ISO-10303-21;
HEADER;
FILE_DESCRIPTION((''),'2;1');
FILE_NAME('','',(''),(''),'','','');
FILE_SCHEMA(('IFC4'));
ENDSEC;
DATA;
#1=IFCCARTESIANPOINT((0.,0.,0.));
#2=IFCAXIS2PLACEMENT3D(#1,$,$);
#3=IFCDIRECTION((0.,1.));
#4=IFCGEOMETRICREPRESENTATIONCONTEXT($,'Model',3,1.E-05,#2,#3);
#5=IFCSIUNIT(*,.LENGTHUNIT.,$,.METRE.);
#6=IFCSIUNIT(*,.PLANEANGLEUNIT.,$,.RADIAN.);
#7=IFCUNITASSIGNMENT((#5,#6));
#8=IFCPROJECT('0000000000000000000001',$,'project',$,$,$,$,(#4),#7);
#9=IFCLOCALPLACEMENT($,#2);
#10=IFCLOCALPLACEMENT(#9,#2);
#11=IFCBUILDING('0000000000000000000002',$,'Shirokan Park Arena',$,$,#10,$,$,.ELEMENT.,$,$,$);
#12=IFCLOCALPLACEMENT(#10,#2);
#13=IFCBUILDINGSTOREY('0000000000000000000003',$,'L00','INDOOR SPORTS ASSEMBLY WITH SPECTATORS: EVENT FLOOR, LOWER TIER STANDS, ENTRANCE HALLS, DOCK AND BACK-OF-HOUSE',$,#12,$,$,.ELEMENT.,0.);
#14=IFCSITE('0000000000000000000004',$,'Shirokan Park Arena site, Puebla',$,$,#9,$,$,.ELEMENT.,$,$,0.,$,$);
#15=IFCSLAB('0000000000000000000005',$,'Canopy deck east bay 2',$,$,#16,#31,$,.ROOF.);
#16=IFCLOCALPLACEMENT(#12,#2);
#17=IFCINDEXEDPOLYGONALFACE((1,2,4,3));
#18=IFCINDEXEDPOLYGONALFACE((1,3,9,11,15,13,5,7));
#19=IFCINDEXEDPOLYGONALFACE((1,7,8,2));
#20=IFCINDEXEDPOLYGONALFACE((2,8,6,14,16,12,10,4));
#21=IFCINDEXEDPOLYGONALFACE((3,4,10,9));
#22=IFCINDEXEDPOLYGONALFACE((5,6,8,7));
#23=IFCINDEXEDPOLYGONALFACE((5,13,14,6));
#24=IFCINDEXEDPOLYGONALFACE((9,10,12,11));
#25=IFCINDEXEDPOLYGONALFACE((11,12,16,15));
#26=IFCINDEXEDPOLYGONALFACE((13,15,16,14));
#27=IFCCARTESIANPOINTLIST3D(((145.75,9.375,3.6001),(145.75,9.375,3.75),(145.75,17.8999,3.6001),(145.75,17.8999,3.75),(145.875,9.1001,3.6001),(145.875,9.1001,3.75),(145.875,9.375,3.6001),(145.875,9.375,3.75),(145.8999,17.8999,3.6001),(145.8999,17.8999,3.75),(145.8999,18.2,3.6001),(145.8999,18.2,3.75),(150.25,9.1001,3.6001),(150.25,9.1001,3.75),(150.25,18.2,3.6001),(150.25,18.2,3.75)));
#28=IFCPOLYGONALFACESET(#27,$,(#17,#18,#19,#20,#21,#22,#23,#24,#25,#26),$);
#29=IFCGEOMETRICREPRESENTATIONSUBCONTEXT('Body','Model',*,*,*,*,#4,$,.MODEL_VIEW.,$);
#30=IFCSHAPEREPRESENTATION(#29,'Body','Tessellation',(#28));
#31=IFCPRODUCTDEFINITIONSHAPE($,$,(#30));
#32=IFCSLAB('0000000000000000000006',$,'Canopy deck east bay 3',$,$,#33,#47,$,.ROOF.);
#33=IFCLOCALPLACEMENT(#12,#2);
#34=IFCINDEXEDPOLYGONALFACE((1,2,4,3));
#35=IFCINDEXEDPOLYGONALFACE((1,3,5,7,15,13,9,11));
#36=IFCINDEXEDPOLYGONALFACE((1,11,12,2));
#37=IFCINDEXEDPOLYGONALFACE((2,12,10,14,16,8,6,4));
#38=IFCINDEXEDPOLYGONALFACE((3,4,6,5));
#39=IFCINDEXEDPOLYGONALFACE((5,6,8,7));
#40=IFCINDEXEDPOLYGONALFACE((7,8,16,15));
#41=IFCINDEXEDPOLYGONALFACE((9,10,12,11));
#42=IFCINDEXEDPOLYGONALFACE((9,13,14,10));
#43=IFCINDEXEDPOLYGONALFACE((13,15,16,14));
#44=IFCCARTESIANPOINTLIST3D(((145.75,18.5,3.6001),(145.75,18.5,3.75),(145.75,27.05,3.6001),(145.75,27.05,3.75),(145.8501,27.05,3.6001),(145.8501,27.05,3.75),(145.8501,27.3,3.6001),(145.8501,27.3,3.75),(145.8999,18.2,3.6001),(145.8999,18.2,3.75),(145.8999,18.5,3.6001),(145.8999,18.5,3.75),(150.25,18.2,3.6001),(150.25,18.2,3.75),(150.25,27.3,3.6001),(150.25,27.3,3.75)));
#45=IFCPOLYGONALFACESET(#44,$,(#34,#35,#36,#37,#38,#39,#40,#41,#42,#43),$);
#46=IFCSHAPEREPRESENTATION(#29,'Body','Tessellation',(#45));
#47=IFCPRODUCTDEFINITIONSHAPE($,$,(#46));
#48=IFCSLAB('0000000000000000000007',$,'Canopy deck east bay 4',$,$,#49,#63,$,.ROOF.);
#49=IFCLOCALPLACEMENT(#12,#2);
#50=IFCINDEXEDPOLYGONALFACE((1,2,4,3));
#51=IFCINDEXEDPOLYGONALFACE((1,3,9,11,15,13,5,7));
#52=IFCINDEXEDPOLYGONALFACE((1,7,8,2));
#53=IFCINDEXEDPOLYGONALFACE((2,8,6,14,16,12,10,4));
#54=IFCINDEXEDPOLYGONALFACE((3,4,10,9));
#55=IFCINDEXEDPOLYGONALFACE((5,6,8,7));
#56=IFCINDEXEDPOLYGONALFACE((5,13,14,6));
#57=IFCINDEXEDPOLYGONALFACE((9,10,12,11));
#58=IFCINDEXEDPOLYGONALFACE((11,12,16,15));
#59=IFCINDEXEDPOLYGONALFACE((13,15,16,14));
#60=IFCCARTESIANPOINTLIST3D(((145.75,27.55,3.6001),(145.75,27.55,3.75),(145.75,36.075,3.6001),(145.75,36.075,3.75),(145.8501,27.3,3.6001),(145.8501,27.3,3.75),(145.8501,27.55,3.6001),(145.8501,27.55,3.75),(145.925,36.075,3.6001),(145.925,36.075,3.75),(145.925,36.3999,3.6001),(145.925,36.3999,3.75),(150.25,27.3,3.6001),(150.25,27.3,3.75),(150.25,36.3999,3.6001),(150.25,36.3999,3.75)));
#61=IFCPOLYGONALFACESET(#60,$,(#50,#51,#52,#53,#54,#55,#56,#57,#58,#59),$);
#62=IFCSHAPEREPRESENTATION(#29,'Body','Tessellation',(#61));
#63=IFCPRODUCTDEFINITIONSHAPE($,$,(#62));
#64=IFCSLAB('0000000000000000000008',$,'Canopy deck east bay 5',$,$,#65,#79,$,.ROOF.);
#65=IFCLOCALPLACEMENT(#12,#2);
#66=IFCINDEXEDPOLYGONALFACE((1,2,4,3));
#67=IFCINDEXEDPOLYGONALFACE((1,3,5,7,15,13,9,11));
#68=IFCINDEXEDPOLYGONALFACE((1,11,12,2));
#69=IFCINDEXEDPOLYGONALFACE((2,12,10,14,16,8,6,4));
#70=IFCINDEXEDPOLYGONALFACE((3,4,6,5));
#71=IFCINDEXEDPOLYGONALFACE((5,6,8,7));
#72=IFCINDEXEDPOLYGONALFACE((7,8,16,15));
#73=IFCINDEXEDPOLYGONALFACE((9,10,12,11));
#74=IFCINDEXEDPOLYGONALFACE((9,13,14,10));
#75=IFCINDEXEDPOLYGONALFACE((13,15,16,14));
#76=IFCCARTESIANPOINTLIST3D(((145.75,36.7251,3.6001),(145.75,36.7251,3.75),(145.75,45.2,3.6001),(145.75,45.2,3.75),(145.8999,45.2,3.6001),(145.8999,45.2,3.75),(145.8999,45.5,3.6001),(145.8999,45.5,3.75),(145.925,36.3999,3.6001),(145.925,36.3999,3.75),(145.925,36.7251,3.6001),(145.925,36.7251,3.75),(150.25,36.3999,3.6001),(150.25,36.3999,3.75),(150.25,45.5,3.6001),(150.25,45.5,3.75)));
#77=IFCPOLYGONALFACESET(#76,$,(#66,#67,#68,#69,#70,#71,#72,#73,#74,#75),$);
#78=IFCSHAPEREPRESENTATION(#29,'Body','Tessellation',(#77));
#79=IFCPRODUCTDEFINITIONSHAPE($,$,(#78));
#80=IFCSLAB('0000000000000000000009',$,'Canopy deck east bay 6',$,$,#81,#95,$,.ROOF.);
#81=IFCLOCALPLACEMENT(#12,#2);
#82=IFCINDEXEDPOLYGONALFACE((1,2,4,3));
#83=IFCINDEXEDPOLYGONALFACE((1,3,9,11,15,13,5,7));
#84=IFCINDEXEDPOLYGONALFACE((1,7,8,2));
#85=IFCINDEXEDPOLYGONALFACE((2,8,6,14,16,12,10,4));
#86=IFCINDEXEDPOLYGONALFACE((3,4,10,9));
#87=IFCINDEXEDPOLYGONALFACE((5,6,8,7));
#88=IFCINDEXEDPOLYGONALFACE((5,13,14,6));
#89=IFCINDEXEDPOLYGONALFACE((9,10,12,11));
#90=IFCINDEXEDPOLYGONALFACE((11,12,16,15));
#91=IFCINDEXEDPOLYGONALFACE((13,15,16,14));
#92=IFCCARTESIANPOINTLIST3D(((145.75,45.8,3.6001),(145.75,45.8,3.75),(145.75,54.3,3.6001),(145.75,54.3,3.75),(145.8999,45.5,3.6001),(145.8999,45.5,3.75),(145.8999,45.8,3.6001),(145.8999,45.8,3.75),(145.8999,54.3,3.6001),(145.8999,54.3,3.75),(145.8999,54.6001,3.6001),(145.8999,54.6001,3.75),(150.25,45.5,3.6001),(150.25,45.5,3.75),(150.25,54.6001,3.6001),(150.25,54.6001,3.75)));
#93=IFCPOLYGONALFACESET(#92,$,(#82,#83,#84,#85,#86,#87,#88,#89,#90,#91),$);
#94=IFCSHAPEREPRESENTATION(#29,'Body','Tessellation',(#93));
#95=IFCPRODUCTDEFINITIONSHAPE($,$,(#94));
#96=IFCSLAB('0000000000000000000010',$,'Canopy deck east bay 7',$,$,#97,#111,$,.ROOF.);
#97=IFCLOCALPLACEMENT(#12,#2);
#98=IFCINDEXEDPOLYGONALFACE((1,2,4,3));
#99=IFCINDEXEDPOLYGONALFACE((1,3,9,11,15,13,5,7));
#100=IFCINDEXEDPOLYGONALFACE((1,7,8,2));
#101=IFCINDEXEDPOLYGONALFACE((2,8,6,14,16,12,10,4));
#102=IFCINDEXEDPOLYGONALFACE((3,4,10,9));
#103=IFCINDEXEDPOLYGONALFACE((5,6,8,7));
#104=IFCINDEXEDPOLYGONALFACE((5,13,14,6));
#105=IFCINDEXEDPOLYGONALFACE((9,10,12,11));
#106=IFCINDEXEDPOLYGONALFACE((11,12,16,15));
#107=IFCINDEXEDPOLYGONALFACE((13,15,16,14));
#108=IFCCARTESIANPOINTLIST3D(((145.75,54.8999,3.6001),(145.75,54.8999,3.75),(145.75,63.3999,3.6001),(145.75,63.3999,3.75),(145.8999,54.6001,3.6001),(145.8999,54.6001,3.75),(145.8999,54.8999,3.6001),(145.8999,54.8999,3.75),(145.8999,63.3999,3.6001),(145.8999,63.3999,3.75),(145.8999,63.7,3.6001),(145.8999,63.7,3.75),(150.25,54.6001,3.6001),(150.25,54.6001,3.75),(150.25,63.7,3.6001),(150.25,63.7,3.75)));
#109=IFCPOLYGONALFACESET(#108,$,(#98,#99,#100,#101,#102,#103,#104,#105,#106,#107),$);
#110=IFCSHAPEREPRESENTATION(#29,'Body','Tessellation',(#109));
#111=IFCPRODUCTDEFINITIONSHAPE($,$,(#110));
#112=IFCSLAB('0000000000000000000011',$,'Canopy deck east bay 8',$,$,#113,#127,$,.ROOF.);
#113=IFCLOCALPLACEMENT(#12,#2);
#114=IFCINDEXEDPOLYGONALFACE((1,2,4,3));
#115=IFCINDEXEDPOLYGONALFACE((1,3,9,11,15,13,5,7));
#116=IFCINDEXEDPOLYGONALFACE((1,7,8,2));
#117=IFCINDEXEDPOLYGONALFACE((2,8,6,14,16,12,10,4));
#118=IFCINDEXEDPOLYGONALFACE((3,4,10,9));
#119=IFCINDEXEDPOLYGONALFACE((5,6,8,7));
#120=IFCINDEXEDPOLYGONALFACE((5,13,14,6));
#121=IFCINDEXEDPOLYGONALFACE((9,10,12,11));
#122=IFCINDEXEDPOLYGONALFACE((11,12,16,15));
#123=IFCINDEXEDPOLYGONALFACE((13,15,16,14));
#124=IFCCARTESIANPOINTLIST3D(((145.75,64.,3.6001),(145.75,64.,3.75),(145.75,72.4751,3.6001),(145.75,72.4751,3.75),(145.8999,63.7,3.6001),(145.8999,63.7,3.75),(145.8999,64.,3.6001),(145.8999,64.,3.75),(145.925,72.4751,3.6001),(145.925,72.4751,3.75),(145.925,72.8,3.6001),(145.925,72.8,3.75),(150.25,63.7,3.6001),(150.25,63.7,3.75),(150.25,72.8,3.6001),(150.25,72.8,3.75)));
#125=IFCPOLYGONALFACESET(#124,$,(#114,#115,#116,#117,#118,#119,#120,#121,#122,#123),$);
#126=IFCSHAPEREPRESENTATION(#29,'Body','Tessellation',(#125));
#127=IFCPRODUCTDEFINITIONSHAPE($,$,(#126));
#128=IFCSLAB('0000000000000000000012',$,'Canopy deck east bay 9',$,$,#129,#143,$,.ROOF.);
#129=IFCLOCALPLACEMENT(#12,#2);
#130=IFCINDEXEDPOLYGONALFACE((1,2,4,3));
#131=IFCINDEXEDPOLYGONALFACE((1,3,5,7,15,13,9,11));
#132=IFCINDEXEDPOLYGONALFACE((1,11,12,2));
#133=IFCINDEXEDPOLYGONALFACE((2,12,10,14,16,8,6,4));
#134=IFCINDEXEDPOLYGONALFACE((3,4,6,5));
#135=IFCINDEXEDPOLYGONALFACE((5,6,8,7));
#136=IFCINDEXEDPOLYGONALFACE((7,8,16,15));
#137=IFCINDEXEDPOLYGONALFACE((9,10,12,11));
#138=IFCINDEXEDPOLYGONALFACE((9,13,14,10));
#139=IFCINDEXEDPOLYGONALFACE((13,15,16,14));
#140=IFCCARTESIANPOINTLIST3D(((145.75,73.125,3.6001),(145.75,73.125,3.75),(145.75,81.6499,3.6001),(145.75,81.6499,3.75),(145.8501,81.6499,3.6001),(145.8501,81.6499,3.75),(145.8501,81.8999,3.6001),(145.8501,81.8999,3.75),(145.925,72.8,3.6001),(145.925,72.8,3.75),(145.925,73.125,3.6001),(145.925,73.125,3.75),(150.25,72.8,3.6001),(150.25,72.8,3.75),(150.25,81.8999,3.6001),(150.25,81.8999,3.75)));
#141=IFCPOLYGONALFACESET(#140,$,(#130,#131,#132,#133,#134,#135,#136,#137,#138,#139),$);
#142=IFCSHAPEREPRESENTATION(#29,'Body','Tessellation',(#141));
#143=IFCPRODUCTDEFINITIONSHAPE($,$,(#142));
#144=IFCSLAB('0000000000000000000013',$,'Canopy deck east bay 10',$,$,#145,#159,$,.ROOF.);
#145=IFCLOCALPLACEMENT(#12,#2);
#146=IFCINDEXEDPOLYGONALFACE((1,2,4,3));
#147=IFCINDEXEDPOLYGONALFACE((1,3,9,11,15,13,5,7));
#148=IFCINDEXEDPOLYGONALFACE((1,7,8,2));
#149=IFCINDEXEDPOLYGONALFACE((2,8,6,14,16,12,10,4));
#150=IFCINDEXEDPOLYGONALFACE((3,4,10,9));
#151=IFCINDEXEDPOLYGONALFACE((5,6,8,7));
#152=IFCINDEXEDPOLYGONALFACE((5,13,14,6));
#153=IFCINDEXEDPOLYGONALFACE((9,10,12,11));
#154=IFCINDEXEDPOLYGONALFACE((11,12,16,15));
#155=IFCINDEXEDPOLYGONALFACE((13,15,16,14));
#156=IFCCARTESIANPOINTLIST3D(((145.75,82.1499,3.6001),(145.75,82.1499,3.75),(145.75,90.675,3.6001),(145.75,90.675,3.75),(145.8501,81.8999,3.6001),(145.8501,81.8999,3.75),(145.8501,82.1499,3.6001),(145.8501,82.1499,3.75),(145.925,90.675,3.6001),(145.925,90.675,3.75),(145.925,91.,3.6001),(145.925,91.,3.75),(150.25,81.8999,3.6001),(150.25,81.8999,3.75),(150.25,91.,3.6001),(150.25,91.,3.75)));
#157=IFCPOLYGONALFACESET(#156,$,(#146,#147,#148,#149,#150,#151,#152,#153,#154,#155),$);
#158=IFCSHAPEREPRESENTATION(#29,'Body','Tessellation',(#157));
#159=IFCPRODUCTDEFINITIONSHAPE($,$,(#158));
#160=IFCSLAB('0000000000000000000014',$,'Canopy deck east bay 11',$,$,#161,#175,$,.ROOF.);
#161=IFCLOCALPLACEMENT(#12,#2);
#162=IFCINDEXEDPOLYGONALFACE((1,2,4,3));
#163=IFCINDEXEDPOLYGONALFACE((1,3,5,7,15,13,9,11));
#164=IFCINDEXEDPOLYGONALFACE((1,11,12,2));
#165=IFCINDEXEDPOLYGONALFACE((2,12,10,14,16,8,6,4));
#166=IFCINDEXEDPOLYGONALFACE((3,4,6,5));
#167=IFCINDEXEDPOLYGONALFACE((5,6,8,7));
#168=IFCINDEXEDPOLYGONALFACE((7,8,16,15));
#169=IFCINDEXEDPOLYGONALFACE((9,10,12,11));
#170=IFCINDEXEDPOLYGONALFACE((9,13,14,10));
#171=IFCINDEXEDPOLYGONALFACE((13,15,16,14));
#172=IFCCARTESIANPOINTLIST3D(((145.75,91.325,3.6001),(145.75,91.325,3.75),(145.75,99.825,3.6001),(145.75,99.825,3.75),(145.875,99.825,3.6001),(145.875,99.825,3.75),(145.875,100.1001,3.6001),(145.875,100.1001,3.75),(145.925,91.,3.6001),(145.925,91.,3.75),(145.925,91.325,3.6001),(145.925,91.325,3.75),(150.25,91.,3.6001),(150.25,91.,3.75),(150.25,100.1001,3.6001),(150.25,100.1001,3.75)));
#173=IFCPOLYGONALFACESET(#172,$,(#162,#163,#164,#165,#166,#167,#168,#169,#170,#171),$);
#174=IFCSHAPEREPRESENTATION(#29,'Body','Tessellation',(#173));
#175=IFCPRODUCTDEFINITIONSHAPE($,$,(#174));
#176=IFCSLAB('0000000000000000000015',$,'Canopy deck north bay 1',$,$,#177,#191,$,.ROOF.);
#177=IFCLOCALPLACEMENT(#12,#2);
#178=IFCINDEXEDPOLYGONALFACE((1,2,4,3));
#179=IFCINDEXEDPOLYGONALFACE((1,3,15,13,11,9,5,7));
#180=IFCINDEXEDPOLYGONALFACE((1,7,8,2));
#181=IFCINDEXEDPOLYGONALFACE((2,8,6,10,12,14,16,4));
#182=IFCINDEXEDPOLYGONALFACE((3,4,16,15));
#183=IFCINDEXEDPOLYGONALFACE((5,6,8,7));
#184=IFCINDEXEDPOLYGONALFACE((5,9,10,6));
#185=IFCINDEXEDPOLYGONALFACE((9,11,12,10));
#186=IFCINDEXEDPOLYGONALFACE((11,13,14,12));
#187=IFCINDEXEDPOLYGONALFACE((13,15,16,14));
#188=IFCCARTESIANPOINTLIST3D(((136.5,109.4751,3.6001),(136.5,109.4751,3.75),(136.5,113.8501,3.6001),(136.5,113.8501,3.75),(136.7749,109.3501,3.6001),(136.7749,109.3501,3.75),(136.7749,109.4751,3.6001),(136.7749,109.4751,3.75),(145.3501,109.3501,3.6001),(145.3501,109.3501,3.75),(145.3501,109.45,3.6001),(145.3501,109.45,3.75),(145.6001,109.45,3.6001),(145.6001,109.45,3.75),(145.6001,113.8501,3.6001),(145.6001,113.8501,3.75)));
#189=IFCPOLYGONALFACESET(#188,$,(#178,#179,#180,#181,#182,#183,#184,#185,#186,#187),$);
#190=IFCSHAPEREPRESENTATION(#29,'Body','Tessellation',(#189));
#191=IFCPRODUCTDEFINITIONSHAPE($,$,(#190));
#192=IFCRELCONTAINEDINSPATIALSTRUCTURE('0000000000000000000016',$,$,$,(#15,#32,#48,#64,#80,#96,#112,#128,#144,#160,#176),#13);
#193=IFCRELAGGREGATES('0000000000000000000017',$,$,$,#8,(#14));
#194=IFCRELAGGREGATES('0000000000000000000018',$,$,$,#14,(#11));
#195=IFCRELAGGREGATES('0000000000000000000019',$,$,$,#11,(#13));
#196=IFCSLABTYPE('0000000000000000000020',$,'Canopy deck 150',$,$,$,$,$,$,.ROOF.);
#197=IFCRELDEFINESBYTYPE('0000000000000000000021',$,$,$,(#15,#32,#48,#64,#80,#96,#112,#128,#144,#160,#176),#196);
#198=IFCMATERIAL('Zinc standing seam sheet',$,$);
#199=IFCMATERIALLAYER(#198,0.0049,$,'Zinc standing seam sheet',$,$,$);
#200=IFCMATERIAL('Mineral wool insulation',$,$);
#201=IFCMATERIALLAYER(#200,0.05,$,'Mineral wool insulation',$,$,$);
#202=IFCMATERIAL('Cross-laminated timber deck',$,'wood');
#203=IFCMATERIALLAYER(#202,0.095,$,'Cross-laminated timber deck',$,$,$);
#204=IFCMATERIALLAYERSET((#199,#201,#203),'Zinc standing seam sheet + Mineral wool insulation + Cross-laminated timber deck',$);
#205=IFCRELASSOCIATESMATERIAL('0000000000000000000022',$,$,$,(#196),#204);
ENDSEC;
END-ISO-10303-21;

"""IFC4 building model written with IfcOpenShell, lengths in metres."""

from ifc_helpers import new_model, si_unit, direction, frame, origin, place, context, subcontext, project, spatial, polyline, outline, extrude, material, layer, layer_set, type_object, element, save


model = new_model("IFC4")

# Units and contexts
model_context = context("Model", 3, precision=1e-05, world=origin(), true_north=direction((0.0, 1.0)))
body_context = subcontext(model_context, "Body", "Model", "MODEL_VIEW")
ifc_project = project(units=[si_unit("LENGTHUNIT", "METRE"), si_unit("PLANEANGLEUNIT", "RADIAN")], contexts=[model_context])

# Site, building, storey
site_placement = place(None, origin())
site = spatial("IfcSite", under=ifc_project, at=site_placement, Name="Shirokan Park Arena site, Puebla", CompositionType="ELEMENT", RefElevation=0.0)
building_placement = place(site_placement, origin())
building = spatial("IfcBuilding", under=site, at=building_placement, Name="Shirokan Park Arena", CompositionType="ELEMENT")
storey_placement = place(building_placement, origin())
storey = spatial("IfcBuildingStorey", under=building, at=storey_placement, Name="L00", Description="INDOOR SPORTS ASSEMBLY WITH SPECTATORS: EVENT FLOOR, LOWER TIER STANDS, ENTRANCE HALLS, DOCK AND BACK-OF-HOUSE", CompositionType="ELEMENT", Elevation=0.0)

# Slabs
ifc_material_1 = material(Name="Zinc standing seam sheet")
ifc_layer_1 = layer(ifc_material_1, 0.0049, Name="Zinc standing seam sheet")
ifc_material_2 = material(Name="Mineral wool insulation")
ifc_layer_2 = layer(ifc_material_2, 0.05, Name="Mineral wool insulation")
ifc_material_3 = material(Name="Cross-laminated timber deck", Category="wood")
ifc_layer_3 = layer(ifc_material_3, 0.095, Name="Cross-laminated timber deck")
ifc_layer_set_1 = layer_set([ifc_layer_1, ifc_layer_2, ifc_layer_3], Name="Zinc standing seam sheet + Mineral wool insulation + Cross-laminated timber deck")
slab_type_1 = type_object("IfcSlabType", Name="Canopy deck 150", PredefinedType="ROOF", material=ifc_layer_set_1)
slab_1_placement = place(storey_placement, frame((0.0, 0.0, 3.6001)))
element("IfcSlab", 1, at=slab_1_placement, inside=storey, type_object=slab_type_1, Name="Canopy deck east bay 2", PredefinedType="ROOF", context=body_context, shape_type="SweptSolid", body=[
    extrude(outline(polyline([(145.75, 17.8999), (145.8999, 17.8999), (145.8999, 18.2), (150.25, 18.2), (150.25, 9.1001), (145.875, 9.1001), (145.875, 9.375), (145.75, 9.375), (145.75, 17.8999)])), origin(), (0.0, 0.0, 1.0), 0.1499),
])
slab_2_placement = place(storey_placement, frame((0.0, 0.0, 3.6001)))
element("IfcSlab", 2, at=slab_2_placement, inside=storey, type_object=slab_type_1, Name="Canopy deck east bay 3", PredefinedType="ROOF", context=body_context, shape_type="SweptSolid", body=[
    extrude(outline(polyline([(145.75, 27.05), (145.8501, 27.05), (145.8501, 27.3), (150.25, 27.3), (150.25, 18.2), (145.8999, 18.2), (145.8999, 18.5), (145.75, 18.5), (145.75, 27.05)])), origin(), (0.0, 0.0, 1.0), 0.1499),
])
slab_3_placement = place(storey_placement, frame((0.0, 0.0, 3.6001)))
element("IfcSlab", 3, at=slab_3_placement, inside=storey, type_object=slab_type_1, Name="Canopy deck east bay 4", PredefinedType="ROOF", context=body_context, shape_type="SweptSolid", body=[
    extrude(outline(polyline([(145.75, 36.075), (145.925, 36.075), (145.925, 36.3999), (150.25, 36.3999), (150.25, 27.3), (145.8501, 27.3), (145.8501, 27.55), (145.75, 27.55), (145.75, 36.075)])), origin(), (0.0, 0.0, 1.0), 0.1499),
])
slab_4_placement = place(storey_placement, frame((0.0, 0.0, 3.6001)))
element("IfcSlab", 4, at=slab_4_placement, inside=storey, type_object=slab_type_1, Name="Canopy deck east bay 5", PredefinedType="ROOF", context=body_context, shape_type="SweptSolid", body=[
    extrude(outline(polyline([(145.75, 45.2), (145.8999, 45.2), (145.8999, 45.5), (150.25, 45.5), (150.25, 36.3999), (145.925, 36.3999), (145.925, 36.7251), (145.75, 36.7251), (145.75, 45.2)])), origin(), (0.0, 0.0, 1.0), 0.1499),
])
slab_5_placement = place(storey_placement, frame((0.0, 0.0, 3.6001)))
element("IfcSlab", 5, at=slab_5_placement, inside=storey, type_object=slab_type_1, Name="Canopy deck east bay 6", PredefinedType="ROOF", context=body_context, shape_type="SweptSolid", body=[
    extrude(outline(polyline([(145.75, 54.3), (145.8999, 54.3), (145.8999, 54.6001), (150.25, 54.6001), (150.25, 45.5), (145.8999, 45.5), (145.8999, 45.8), (145.75, 45.8), (145.75, 54.3)])), origin(), (0.0, 0.0, 1.0), 0.1499),
])
slab_6_placement = place(storey_placement, frame((0.0, 0.0, 3.6001)))
element("IfcSlab", 6, at=slab_6_placement, inside=storey, type_object=slab_type_1, Name="Canopy deck east bay 7", PredefinedType="ROOF", context=body_context, shape_type="SweptSolid", body=[
    extrude(outline(polyline([(145.75, 63.3999), (145.8999, 63.3999), (145.8999, 63.7), (150.25, 63.7), (150.25, 54.6001), (145.8999, 54.6001), (145.8999, 54.8999), (145.75, 54.8999), (145.75, 63.3999)])), origin(), (0.0, 0.0, 1.0), 0.1499),
])
slab_7_placement = place(storey_placement, frame((0.0, 0.0, 3.6001)))
element("IfcSlab", 7, at=slab_7_placement, inside=storey, type_object=slab_type_1, Name="Canopy deck east bay 8", PredefinedType="ROOF", context=body_context, shape_type="SweptSolid", body=[
    extrude(outline(polyline([(145.75, 72.4751), (145.925, 72.4751), (145.925, 72.8), (150.25, 72.8), (150.25, 63.7), (145.8999, 63.7), (145.8999, 64.0), (145.75, 64.0), (145.75, 72.4751)])), origin(), (0.0, 0.0, 1.0), 0.1499),
])
slab_8_placement = place(storey_placement, frame((0.0, 0.0, 3.6001)))
element("IfcSlab", 8, at=slab_8_placement, inside=storey, type_object=slab_type_1, Name="Canopy deck east bay 9", PredefinedType="ROOF", context=body_context, shape_type="SweptSolid", body=[
    extrude(outline(polyline([(145.75, 81.6499), (145.8501, 81.6499), (145.8501, 81.8999), (150.25, 81.8999), (150.25, 72.8), (145.925, 72.8), (145.925, 73.125), (145.75, 73.125), (145.75, 81.6499)])), origin(), (0.0, 0.0, 1.0), 0.1499),
])
slab_9_placement = place(storey_placement, frame((0.0, 0.0, 3.6001)))
element("IfcSlab", 9, at=slab_9_placement, inside=storey, type_object=slab_type_1, Name="Canopy deck east bay 10", PredefinedType="ROOF", context=body_context, shape_type="SweptSolid", body=[
    extrude(outline(polyline([(145.75, 90.675), (145.925, 90.675), (145.925, 91.0), (150.25, 91.0), (150.25, 81.8999), (145.8501, 81.8999), (145.8501, 82.1499), (145.75, 82.1499), (145.75, 90.675)])), origin(), (0.0, 0.0, 1.0), 0.1499),
])
slab_10_placement = place(storey_placement, frame((0.0, 0.0, 3.6001)))
element("IfcSlab", 10, at=slab_10_placement, inside=storey, type_object=slab_type_1, Name="Canopy deck east bay 11", PredefinedType="ROOF", context=body_context, shape_type="SweptSolid", body=[
    extrude(outline(polyline([(145.75, 99.825), (145.875, 99.825), (145.875, 100.1001), (150.25, 100.1001), (150.25, 91.0), (145.925, 91.0), (145.925, 91.325), (145.75, 91.325), (145.75, 99.825)])), origin(), (0.0, 0.0, 1.0), 0.1499),
])
slab_11_placement = place(storey_placement, frame((0.0, 0.0, 3.6001)))
element("IfcSlab", 11, at=slab_11_placement, inside=storey, type_object=slab_type_1, Name="Canopy deck north bay 1", PredefinedType="ROOF", context=body_context, shape_type="SweptSolid", body=[
    extrude(outline(polyline([(136.7749, 109.3501), (136.7749, 109.4751), (136.5, 109.4751), (136.5, 113.8501), (145.6001, 113.8501), (145.6001, 109.45), (145.3501, 109.45), (145.3501, 109.3501), (136.7749, 109.3501)])), origin(), (0.0, 0.0, 1.0), 0.1499),
])

save(model, "model.ifc")
